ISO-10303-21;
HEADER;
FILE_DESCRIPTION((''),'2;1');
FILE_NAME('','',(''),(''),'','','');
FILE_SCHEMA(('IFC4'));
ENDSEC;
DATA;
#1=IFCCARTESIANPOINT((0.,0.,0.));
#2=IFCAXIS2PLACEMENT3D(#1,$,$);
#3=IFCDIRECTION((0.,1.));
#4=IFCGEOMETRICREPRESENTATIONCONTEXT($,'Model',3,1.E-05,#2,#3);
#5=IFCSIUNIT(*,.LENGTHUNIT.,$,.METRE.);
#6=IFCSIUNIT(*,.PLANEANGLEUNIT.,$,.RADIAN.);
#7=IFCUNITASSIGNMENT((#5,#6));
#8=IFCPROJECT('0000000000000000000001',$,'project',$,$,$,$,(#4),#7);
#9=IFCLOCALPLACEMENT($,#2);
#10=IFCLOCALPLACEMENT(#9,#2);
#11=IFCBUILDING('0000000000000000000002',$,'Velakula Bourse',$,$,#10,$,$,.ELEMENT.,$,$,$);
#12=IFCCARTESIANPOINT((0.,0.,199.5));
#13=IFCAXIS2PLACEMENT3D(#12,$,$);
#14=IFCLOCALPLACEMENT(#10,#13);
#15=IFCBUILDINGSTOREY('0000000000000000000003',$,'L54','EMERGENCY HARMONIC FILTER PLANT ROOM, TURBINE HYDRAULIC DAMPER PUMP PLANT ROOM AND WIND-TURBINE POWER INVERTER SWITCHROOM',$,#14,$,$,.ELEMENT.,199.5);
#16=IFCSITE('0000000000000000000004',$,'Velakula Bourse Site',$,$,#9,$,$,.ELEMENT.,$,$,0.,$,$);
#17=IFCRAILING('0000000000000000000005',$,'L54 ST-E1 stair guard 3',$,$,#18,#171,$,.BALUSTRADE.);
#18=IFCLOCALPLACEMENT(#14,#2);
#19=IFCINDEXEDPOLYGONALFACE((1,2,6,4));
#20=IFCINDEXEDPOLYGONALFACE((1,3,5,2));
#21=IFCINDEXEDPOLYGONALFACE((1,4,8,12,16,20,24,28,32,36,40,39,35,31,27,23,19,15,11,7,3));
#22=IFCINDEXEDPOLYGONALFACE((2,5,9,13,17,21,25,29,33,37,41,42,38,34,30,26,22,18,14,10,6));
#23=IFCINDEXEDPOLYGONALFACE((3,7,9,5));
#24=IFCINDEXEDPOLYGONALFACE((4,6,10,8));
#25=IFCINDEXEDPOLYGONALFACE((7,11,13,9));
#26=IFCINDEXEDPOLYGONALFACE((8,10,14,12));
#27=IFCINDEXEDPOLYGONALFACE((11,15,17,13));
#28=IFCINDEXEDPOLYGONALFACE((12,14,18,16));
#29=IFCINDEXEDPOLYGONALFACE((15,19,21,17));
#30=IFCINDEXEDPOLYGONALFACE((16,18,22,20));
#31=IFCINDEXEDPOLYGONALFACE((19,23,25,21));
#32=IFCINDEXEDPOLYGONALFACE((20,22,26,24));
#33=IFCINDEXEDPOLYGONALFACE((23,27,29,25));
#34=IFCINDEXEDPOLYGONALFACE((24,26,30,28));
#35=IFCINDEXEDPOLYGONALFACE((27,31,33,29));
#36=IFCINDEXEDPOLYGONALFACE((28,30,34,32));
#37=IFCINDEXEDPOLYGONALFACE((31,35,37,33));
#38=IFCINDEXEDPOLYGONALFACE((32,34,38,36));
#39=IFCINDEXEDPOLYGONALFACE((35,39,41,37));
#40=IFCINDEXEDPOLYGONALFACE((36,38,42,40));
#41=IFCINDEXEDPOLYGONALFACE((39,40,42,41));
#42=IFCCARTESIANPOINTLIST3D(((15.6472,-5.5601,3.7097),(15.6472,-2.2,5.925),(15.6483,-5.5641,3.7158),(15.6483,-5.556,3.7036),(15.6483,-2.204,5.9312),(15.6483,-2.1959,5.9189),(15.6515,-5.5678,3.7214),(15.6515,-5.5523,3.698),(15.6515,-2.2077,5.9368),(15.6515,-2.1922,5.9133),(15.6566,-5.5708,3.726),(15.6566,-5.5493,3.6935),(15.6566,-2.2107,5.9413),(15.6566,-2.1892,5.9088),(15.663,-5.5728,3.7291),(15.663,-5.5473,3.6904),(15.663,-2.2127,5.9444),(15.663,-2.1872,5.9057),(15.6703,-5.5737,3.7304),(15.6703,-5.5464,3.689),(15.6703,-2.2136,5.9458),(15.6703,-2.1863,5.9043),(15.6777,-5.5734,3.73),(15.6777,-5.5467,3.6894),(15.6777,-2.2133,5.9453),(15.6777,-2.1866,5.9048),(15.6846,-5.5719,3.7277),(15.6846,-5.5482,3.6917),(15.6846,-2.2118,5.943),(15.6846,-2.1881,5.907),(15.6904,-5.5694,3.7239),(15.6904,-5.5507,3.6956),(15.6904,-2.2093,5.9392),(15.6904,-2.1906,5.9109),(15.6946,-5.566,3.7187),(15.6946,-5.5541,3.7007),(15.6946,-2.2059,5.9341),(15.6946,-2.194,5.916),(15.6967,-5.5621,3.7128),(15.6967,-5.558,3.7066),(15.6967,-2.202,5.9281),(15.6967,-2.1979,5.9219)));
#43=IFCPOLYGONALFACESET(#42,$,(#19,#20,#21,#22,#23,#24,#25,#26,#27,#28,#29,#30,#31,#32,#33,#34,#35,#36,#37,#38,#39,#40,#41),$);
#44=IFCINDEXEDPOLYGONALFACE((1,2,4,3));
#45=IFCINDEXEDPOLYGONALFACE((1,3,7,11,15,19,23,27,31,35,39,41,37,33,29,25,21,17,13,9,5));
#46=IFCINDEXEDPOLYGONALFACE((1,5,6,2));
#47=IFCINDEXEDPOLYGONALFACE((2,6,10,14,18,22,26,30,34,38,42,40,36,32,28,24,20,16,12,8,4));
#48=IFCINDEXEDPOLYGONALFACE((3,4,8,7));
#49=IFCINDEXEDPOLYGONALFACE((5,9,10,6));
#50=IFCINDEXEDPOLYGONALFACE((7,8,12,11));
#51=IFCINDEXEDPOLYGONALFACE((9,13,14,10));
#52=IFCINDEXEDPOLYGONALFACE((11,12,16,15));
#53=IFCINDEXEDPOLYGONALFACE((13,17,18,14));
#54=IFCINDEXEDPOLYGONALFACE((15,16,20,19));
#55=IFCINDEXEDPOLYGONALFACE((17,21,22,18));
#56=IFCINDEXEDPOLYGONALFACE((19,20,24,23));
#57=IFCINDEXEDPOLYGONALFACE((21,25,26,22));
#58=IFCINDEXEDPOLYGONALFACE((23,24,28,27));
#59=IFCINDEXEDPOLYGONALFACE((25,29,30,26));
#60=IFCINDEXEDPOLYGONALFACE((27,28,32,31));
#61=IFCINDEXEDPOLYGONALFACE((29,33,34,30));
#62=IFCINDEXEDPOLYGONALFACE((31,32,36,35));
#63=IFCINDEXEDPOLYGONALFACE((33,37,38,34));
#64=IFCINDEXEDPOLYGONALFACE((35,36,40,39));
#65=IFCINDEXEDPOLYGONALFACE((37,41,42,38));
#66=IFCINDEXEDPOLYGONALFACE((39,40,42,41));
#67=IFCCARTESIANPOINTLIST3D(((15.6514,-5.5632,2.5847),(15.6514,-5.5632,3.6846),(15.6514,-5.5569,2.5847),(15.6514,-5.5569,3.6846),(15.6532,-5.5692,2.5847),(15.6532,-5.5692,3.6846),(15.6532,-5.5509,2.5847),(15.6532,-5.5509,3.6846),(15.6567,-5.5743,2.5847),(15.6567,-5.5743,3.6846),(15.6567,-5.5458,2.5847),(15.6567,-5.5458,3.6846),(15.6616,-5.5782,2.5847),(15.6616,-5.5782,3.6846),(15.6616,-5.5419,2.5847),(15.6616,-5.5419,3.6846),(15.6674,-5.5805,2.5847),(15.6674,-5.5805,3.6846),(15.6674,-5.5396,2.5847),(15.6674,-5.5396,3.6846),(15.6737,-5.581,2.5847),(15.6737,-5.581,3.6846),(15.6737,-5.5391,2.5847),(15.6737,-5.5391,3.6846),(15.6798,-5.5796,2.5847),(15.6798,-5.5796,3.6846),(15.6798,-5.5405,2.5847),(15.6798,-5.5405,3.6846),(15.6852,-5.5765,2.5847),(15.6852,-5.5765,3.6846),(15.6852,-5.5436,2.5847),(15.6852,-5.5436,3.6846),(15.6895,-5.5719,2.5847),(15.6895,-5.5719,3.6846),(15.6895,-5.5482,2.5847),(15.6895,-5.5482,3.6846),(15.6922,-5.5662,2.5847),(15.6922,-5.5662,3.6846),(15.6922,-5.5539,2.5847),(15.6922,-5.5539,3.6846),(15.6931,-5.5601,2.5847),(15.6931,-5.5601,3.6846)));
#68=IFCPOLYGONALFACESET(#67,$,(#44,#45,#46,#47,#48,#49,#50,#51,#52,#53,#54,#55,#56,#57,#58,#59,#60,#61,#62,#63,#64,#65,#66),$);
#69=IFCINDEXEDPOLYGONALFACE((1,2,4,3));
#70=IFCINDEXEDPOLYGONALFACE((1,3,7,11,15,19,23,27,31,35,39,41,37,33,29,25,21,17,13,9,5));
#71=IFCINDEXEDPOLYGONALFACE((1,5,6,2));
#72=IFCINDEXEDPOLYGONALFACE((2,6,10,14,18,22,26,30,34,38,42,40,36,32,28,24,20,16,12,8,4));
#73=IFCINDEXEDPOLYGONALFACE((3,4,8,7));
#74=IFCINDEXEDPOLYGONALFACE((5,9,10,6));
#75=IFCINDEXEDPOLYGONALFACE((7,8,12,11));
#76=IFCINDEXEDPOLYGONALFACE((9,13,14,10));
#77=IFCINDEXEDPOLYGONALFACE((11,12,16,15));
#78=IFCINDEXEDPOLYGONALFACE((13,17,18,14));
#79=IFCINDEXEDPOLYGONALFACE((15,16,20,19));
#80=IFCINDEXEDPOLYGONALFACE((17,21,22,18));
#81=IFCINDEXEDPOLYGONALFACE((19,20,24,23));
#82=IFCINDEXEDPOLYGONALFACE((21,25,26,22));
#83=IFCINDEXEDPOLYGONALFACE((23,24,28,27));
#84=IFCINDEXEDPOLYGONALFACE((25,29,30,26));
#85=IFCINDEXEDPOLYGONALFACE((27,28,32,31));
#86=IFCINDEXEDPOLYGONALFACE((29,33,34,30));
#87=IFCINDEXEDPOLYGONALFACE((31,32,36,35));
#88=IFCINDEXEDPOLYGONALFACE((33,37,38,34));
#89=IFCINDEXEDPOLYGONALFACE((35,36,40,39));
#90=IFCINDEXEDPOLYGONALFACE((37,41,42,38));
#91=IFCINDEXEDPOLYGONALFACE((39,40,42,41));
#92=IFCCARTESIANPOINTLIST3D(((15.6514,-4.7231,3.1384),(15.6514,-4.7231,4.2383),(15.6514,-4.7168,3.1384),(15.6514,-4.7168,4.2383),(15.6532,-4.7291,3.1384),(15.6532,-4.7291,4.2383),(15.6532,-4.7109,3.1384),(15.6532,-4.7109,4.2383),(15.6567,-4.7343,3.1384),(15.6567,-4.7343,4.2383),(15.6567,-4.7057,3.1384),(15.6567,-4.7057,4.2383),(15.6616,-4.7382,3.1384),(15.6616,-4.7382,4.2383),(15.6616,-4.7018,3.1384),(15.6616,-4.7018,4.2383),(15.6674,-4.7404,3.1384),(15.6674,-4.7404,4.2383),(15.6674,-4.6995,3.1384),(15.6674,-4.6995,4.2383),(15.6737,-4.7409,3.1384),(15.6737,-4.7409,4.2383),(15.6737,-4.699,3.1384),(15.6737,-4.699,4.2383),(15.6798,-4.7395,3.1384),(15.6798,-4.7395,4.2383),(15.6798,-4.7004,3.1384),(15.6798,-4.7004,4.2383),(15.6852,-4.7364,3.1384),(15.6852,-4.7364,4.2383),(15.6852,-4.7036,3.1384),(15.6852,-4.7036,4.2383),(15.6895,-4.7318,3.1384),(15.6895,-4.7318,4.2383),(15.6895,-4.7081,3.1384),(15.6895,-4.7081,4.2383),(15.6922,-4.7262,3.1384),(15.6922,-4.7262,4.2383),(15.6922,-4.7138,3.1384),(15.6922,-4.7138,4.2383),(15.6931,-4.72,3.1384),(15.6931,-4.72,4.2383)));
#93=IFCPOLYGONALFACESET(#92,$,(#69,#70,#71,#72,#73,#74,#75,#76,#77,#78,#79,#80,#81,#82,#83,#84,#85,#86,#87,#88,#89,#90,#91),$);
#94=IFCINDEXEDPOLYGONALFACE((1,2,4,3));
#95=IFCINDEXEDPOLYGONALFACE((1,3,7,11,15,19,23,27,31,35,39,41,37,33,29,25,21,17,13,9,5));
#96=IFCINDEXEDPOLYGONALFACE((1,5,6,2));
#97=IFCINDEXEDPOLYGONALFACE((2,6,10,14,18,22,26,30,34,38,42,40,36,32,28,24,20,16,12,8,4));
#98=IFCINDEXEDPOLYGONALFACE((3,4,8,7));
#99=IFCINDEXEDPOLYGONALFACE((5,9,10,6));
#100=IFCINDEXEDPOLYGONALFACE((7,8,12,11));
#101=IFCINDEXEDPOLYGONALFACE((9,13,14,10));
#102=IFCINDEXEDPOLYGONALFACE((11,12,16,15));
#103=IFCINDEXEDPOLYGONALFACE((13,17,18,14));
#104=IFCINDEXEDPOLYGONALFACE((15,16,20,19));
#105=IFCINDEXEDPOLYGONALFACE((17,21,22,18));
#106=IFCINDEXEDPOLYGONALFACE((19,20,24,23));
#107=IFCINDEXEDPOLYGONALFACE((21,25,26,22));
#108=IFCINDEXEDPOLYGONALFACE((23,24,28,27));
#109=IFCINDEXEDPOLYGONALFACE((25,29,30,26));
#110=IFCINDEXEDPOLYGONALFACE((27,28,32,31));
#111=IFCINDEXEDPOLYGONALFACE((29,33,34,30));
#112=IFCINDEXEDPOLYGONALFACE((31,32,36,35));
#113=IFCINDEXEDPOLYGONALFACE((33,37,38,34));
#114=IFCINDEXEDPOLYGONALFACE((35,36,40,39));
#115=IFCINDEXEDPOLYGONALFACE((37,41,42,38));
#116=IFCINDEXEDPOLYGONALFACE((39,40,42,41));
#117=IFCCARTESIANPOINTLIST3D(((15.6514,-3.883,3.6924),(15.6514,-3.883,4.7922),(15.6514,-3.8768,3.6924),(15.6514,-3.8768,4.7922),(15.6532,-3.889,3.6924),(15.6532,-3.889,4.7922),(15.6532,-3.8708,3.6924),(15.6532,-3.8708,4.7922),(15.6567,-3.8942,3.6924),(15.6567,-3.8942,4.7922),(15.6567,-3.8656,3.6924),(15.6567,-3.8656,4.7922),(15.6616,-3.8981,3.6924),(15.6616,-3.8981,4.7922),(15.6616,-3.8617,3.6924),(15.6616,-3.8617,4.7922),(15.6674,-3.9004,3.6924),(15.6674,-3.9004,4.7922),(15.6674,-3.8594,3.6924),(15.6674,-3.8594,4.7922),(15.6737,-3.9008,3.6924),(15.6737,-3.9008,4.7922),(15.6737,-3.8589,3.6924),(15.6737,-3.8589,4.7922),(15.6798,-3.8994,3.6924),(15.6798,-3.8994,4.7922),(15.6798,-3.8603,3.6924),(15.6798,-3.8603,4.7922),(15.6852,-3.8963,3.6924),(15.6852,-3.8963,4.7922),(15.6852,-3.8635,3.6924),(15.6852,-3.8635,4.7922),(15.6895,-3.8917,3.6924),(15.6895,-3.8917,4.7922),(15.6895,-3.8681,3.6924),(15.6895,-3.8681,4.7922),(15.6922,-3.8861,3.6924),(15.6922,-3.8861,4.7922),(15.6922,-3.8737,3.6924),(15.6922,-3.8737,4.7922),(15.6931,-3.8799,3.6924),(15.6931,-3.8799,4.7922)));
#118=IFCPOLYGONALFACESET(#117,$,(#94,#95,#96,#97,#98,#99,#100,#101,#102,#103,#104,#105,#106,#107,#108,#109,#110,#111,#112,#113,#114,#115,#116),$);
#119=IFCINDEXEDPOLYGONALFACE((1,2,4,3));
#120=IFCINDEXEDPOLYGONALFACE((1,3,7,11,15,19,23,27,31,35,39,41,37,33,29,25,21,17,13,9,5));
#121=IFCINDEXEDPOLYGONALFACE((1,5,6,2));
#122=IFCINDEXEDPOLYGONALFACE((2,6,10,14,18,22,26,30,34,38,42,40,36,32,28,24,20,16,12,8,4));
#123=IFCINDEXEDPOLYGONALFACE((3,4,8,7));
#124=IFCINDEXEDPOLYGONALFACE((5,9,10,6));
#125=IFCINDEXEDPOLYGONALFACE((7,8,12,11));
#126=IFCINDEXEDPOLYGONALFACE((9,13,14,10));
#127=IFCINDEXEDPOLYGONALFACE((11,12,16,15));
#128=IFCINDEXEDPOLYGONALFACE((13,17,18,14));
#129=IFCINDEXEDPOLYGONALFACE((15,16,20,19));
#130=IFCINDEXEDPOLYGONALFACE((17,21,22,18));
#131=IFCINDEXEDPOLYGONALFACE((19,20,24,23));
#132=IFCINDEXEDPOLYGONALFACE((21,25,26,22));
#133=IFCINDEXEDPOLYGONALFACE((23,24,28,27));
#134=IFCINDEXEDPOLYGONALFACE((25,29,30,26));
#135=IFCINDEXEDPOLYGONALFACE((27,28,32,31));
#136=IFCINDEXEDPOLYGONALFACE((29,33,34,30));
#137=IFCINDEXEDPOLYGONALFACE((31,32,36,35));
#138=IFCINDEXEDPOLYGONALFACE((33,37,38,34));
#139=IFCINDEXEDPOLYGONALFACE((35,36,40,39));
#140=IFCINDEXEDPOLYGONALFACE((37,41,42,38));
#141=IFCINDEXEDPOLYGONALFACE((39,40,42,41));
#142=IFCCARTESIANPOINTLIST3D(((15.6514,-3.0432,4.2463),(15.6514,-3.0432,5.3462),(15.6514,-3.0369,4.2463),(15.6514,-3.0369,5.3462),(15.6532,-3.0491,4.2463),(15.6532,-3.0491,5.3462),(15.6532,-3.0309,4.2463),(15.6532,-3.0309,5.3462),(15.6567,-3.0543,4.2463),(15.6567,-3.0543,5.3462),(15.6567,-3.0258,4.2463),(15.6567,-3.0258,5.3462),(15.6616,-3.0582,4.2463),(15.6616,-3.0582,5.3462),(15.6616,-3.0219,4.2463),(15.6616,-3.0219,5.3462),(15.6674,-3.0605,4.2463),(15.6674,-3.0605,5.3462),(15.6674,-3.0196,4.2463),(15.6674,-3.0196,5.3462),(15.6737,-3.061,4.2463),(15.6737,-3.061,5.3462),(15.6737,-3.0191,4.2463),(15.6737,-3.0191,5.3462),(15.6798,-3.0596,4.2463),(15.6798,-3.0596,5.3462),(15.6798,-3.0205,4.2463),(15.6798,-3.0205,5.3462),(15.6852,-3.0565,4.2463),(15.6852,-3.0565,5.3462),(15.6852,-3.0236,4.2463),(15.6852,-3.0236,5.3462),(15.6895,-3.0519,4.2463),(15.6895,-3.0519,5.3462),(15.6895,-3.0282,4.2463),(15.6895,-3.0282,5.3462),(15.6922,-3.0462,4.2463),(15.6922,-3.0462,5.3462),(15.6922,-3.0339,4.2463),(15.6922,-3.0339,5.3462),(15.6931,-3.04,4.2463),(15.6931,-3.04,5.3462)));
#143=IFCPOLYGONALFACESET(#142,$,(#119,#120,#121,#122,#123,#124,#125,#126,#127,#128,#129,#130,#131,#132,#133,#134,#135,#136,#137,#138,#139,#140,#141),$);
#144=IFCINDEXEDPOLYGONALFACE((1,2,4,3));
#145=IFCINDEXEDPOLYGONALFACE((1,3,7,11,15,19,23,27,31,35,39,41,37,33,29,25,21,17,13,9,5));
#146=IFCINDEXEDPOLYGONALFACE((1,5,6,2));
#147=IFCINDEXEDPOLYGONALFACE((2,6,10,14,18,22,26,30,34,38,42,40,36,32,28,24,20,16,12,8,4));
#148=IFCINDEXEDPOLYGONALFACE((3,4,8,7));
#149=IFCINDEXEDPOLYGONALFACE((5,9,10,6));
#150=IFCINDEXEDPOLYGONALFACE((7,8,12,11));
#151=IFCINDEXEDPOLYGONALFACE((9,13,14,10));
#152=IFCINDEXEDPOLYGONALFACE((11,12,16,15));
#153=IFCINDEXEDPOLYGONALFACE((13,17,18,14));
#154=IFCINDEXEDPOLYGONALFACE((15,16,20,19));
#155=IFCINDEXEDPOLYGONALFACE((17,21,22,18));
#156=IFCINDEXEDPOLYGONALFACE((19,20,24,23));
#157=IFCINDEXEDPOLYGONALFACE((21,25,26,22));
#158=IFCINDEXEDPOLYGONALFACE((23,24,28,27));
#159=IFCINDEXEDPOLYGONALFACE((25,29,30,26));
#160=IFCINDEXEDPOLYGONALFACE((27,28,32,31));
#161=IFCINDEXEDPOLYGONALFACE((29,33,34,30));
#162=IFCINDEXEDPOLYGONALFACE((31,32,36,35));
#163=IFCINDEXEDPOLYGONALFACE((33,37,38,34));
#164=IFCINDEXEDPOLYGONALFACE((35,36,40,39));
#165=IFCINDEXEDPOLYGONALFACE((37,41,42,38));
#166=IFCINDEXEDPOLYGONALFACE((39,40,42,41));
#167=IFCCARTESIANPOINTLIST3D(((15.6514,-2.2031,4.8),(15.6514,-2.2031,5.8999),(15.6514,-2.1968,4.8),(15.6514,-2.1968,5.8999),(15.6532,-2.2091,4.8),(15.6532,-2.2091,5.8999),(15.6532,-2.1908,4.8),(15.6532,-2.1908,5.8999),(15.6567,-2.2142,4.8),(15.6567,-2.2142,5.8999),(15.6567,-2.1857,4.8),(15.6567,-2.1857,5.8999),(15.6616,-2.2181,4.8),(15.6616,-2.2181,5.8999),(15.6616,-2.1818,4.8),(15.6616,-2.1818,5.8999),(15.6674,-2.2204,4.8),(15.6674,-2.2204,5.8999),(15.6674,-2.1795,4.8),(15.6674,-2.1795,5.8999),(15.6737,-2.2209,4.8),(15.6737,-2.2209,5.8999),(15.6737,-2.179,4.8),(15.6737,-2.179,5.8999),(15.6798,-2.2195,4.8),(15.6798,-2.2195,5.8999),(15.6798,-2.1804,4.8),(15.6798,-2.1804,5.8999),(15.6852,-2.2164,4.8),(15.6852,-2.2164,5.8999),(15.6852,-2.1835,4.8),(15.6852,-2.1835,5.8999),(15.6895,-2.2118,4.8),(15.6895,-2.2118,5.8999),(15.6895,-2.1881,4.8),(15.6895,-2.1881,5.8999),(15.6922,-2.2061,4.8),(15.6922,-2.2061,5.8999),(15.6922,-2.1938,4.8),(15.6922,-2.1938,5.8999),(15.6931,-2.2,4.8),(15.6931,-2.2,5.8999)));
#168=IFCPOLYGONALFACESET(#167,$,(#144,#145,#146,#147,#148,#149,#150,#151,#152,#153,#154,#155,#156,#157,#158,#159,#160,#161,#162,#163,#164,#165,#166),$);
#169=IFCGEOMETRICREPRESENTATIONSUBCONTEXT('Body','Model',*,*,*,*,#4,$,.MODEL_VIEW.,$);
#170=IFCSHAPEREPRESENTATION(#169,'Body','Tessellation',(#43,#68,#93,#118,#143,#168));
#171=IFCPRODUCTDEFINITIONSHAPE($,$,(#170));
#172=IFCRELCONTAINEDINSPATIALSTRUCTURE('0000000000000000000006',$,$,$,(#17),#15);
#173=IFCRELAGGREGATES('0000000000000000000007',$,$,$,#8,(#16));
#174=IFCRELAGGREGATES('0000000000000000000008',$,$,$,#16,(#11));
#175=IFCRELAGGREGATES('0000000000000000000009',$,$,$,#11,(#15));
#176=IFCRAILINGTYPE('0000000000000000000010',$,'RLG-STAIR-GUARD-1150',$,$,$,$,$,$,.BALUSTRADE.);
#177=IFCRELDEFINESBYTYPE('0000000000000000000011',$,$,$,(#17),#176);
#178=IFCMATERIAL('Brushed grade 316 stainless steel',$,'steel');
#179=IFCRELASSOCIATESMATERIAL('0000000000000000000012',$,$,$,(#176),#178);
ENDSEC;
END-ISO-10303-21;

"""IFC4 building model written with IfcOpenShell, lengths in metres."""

from ifc_helpers import new_model, si_unit, direction, frame, origin, origin_2d, place, context, subcontext, project, spatial, circle, extrude, material, type_object, element, save


model = new_model("IFC4")

# Units and contexts
model_context = context("Model", 3, precision=1e-05, world=origin(), true_north=direction((0.0, 1.0)))
body_context = subcontext(model_context, "Body", "Model", "MODEL_VIEW")
ifc_project = project(units=[si_unit("LENGTHUNIT", "METRE"), si_unit("PLANEANGLEUNIT", "RADIAN")], contexts=[model_context])

# Site, building, storey
site_placement = place(None, origin())
site = spatial("IfcSite", under=ifc_project, at=site_placement, Name="Velakula Bourse Site", CompositionType="ELEMENT", RefElevation=0.0)
building_placement = place(site_placement, origin())
building = spatial("IfcBuilding", under=site, at=building_placement, Name="Velakula Bourse", CompositionType="ELEMENT")
storey_placement = place(building_placement, frame((0.0, 0.0, 199.5)))
storey = spatial("IfcBuildingStorey", under=building, at=storey_placement, Name="L54", Description="EMERGENCY HARMONIC FILTER PLANT ROOM, TURBINE HYDRAULIC DAMPER PUMP PLANT ROOM AND WIND-TURBINE POWER INVERTER SWITCHROOM", CompositionType="ELEMENT", Elevation=199.5)

# Shared definitions
ifc_material_1 = material(Name="Brushed grade 316 stainless steel", Category="steel")

# Railing
railing_type_1 = type_object("IfcRailingType", Name="RLG-STAIR-GUARD-1150", PredefinedType="BALUSTRADE", material=ifc_material_1)
railing_1_placement = place(storey_placement, frame((15.6721, -5.5601, 2.5847)))
element("IfcRailing", 1, at=railing_1_placement, inside=storey, type_object=railing_type_1, Name="L54 ST-E1 stair guard 3", PredefinedType="BALUSTRADE", context=body_context, shape_type="SweptSolid", body=[
    extrude(circle(Radius=0.0249, at=origin_2d()), frame((0.0, 0.0, 1.125), z_axis=(0.0, 0.834876, 0.550437), x_axis=(-1.0, 0.0, 0.0)), (0.0, 0.0, 1.0), 4.0247),
    extrude(circle(Radius=0.021, at=origin_2d()), origin(), (0.0, 0.0, 1.0), 1.0999),
    extrude(circle(Radius=0.021, at=origin_2d()), frame((0.0, 0.8401, 0.5537)), (0.0, 0.0, 1.0), 1.0999),
    extrude(circle(Radius=0.021, at=origin_2d()), frame((0.0, 1.6802, 1.1077)), (0.0, 0.0, 1.0), 1.0999),
    extrude(circle(Radius=0.021, at=origin_2d()), frame((0.0, 2.52, 1.6616)), (0.0, 0.0, 1.0), 1.0999),
    extrude(circle(Radius=0.021, at=origin_2d()), frame((0.0, 3.3601, 2.2153)), (0.0, 0.0, 1.0), 1.0999),
])

save(model, "model.ifc")
